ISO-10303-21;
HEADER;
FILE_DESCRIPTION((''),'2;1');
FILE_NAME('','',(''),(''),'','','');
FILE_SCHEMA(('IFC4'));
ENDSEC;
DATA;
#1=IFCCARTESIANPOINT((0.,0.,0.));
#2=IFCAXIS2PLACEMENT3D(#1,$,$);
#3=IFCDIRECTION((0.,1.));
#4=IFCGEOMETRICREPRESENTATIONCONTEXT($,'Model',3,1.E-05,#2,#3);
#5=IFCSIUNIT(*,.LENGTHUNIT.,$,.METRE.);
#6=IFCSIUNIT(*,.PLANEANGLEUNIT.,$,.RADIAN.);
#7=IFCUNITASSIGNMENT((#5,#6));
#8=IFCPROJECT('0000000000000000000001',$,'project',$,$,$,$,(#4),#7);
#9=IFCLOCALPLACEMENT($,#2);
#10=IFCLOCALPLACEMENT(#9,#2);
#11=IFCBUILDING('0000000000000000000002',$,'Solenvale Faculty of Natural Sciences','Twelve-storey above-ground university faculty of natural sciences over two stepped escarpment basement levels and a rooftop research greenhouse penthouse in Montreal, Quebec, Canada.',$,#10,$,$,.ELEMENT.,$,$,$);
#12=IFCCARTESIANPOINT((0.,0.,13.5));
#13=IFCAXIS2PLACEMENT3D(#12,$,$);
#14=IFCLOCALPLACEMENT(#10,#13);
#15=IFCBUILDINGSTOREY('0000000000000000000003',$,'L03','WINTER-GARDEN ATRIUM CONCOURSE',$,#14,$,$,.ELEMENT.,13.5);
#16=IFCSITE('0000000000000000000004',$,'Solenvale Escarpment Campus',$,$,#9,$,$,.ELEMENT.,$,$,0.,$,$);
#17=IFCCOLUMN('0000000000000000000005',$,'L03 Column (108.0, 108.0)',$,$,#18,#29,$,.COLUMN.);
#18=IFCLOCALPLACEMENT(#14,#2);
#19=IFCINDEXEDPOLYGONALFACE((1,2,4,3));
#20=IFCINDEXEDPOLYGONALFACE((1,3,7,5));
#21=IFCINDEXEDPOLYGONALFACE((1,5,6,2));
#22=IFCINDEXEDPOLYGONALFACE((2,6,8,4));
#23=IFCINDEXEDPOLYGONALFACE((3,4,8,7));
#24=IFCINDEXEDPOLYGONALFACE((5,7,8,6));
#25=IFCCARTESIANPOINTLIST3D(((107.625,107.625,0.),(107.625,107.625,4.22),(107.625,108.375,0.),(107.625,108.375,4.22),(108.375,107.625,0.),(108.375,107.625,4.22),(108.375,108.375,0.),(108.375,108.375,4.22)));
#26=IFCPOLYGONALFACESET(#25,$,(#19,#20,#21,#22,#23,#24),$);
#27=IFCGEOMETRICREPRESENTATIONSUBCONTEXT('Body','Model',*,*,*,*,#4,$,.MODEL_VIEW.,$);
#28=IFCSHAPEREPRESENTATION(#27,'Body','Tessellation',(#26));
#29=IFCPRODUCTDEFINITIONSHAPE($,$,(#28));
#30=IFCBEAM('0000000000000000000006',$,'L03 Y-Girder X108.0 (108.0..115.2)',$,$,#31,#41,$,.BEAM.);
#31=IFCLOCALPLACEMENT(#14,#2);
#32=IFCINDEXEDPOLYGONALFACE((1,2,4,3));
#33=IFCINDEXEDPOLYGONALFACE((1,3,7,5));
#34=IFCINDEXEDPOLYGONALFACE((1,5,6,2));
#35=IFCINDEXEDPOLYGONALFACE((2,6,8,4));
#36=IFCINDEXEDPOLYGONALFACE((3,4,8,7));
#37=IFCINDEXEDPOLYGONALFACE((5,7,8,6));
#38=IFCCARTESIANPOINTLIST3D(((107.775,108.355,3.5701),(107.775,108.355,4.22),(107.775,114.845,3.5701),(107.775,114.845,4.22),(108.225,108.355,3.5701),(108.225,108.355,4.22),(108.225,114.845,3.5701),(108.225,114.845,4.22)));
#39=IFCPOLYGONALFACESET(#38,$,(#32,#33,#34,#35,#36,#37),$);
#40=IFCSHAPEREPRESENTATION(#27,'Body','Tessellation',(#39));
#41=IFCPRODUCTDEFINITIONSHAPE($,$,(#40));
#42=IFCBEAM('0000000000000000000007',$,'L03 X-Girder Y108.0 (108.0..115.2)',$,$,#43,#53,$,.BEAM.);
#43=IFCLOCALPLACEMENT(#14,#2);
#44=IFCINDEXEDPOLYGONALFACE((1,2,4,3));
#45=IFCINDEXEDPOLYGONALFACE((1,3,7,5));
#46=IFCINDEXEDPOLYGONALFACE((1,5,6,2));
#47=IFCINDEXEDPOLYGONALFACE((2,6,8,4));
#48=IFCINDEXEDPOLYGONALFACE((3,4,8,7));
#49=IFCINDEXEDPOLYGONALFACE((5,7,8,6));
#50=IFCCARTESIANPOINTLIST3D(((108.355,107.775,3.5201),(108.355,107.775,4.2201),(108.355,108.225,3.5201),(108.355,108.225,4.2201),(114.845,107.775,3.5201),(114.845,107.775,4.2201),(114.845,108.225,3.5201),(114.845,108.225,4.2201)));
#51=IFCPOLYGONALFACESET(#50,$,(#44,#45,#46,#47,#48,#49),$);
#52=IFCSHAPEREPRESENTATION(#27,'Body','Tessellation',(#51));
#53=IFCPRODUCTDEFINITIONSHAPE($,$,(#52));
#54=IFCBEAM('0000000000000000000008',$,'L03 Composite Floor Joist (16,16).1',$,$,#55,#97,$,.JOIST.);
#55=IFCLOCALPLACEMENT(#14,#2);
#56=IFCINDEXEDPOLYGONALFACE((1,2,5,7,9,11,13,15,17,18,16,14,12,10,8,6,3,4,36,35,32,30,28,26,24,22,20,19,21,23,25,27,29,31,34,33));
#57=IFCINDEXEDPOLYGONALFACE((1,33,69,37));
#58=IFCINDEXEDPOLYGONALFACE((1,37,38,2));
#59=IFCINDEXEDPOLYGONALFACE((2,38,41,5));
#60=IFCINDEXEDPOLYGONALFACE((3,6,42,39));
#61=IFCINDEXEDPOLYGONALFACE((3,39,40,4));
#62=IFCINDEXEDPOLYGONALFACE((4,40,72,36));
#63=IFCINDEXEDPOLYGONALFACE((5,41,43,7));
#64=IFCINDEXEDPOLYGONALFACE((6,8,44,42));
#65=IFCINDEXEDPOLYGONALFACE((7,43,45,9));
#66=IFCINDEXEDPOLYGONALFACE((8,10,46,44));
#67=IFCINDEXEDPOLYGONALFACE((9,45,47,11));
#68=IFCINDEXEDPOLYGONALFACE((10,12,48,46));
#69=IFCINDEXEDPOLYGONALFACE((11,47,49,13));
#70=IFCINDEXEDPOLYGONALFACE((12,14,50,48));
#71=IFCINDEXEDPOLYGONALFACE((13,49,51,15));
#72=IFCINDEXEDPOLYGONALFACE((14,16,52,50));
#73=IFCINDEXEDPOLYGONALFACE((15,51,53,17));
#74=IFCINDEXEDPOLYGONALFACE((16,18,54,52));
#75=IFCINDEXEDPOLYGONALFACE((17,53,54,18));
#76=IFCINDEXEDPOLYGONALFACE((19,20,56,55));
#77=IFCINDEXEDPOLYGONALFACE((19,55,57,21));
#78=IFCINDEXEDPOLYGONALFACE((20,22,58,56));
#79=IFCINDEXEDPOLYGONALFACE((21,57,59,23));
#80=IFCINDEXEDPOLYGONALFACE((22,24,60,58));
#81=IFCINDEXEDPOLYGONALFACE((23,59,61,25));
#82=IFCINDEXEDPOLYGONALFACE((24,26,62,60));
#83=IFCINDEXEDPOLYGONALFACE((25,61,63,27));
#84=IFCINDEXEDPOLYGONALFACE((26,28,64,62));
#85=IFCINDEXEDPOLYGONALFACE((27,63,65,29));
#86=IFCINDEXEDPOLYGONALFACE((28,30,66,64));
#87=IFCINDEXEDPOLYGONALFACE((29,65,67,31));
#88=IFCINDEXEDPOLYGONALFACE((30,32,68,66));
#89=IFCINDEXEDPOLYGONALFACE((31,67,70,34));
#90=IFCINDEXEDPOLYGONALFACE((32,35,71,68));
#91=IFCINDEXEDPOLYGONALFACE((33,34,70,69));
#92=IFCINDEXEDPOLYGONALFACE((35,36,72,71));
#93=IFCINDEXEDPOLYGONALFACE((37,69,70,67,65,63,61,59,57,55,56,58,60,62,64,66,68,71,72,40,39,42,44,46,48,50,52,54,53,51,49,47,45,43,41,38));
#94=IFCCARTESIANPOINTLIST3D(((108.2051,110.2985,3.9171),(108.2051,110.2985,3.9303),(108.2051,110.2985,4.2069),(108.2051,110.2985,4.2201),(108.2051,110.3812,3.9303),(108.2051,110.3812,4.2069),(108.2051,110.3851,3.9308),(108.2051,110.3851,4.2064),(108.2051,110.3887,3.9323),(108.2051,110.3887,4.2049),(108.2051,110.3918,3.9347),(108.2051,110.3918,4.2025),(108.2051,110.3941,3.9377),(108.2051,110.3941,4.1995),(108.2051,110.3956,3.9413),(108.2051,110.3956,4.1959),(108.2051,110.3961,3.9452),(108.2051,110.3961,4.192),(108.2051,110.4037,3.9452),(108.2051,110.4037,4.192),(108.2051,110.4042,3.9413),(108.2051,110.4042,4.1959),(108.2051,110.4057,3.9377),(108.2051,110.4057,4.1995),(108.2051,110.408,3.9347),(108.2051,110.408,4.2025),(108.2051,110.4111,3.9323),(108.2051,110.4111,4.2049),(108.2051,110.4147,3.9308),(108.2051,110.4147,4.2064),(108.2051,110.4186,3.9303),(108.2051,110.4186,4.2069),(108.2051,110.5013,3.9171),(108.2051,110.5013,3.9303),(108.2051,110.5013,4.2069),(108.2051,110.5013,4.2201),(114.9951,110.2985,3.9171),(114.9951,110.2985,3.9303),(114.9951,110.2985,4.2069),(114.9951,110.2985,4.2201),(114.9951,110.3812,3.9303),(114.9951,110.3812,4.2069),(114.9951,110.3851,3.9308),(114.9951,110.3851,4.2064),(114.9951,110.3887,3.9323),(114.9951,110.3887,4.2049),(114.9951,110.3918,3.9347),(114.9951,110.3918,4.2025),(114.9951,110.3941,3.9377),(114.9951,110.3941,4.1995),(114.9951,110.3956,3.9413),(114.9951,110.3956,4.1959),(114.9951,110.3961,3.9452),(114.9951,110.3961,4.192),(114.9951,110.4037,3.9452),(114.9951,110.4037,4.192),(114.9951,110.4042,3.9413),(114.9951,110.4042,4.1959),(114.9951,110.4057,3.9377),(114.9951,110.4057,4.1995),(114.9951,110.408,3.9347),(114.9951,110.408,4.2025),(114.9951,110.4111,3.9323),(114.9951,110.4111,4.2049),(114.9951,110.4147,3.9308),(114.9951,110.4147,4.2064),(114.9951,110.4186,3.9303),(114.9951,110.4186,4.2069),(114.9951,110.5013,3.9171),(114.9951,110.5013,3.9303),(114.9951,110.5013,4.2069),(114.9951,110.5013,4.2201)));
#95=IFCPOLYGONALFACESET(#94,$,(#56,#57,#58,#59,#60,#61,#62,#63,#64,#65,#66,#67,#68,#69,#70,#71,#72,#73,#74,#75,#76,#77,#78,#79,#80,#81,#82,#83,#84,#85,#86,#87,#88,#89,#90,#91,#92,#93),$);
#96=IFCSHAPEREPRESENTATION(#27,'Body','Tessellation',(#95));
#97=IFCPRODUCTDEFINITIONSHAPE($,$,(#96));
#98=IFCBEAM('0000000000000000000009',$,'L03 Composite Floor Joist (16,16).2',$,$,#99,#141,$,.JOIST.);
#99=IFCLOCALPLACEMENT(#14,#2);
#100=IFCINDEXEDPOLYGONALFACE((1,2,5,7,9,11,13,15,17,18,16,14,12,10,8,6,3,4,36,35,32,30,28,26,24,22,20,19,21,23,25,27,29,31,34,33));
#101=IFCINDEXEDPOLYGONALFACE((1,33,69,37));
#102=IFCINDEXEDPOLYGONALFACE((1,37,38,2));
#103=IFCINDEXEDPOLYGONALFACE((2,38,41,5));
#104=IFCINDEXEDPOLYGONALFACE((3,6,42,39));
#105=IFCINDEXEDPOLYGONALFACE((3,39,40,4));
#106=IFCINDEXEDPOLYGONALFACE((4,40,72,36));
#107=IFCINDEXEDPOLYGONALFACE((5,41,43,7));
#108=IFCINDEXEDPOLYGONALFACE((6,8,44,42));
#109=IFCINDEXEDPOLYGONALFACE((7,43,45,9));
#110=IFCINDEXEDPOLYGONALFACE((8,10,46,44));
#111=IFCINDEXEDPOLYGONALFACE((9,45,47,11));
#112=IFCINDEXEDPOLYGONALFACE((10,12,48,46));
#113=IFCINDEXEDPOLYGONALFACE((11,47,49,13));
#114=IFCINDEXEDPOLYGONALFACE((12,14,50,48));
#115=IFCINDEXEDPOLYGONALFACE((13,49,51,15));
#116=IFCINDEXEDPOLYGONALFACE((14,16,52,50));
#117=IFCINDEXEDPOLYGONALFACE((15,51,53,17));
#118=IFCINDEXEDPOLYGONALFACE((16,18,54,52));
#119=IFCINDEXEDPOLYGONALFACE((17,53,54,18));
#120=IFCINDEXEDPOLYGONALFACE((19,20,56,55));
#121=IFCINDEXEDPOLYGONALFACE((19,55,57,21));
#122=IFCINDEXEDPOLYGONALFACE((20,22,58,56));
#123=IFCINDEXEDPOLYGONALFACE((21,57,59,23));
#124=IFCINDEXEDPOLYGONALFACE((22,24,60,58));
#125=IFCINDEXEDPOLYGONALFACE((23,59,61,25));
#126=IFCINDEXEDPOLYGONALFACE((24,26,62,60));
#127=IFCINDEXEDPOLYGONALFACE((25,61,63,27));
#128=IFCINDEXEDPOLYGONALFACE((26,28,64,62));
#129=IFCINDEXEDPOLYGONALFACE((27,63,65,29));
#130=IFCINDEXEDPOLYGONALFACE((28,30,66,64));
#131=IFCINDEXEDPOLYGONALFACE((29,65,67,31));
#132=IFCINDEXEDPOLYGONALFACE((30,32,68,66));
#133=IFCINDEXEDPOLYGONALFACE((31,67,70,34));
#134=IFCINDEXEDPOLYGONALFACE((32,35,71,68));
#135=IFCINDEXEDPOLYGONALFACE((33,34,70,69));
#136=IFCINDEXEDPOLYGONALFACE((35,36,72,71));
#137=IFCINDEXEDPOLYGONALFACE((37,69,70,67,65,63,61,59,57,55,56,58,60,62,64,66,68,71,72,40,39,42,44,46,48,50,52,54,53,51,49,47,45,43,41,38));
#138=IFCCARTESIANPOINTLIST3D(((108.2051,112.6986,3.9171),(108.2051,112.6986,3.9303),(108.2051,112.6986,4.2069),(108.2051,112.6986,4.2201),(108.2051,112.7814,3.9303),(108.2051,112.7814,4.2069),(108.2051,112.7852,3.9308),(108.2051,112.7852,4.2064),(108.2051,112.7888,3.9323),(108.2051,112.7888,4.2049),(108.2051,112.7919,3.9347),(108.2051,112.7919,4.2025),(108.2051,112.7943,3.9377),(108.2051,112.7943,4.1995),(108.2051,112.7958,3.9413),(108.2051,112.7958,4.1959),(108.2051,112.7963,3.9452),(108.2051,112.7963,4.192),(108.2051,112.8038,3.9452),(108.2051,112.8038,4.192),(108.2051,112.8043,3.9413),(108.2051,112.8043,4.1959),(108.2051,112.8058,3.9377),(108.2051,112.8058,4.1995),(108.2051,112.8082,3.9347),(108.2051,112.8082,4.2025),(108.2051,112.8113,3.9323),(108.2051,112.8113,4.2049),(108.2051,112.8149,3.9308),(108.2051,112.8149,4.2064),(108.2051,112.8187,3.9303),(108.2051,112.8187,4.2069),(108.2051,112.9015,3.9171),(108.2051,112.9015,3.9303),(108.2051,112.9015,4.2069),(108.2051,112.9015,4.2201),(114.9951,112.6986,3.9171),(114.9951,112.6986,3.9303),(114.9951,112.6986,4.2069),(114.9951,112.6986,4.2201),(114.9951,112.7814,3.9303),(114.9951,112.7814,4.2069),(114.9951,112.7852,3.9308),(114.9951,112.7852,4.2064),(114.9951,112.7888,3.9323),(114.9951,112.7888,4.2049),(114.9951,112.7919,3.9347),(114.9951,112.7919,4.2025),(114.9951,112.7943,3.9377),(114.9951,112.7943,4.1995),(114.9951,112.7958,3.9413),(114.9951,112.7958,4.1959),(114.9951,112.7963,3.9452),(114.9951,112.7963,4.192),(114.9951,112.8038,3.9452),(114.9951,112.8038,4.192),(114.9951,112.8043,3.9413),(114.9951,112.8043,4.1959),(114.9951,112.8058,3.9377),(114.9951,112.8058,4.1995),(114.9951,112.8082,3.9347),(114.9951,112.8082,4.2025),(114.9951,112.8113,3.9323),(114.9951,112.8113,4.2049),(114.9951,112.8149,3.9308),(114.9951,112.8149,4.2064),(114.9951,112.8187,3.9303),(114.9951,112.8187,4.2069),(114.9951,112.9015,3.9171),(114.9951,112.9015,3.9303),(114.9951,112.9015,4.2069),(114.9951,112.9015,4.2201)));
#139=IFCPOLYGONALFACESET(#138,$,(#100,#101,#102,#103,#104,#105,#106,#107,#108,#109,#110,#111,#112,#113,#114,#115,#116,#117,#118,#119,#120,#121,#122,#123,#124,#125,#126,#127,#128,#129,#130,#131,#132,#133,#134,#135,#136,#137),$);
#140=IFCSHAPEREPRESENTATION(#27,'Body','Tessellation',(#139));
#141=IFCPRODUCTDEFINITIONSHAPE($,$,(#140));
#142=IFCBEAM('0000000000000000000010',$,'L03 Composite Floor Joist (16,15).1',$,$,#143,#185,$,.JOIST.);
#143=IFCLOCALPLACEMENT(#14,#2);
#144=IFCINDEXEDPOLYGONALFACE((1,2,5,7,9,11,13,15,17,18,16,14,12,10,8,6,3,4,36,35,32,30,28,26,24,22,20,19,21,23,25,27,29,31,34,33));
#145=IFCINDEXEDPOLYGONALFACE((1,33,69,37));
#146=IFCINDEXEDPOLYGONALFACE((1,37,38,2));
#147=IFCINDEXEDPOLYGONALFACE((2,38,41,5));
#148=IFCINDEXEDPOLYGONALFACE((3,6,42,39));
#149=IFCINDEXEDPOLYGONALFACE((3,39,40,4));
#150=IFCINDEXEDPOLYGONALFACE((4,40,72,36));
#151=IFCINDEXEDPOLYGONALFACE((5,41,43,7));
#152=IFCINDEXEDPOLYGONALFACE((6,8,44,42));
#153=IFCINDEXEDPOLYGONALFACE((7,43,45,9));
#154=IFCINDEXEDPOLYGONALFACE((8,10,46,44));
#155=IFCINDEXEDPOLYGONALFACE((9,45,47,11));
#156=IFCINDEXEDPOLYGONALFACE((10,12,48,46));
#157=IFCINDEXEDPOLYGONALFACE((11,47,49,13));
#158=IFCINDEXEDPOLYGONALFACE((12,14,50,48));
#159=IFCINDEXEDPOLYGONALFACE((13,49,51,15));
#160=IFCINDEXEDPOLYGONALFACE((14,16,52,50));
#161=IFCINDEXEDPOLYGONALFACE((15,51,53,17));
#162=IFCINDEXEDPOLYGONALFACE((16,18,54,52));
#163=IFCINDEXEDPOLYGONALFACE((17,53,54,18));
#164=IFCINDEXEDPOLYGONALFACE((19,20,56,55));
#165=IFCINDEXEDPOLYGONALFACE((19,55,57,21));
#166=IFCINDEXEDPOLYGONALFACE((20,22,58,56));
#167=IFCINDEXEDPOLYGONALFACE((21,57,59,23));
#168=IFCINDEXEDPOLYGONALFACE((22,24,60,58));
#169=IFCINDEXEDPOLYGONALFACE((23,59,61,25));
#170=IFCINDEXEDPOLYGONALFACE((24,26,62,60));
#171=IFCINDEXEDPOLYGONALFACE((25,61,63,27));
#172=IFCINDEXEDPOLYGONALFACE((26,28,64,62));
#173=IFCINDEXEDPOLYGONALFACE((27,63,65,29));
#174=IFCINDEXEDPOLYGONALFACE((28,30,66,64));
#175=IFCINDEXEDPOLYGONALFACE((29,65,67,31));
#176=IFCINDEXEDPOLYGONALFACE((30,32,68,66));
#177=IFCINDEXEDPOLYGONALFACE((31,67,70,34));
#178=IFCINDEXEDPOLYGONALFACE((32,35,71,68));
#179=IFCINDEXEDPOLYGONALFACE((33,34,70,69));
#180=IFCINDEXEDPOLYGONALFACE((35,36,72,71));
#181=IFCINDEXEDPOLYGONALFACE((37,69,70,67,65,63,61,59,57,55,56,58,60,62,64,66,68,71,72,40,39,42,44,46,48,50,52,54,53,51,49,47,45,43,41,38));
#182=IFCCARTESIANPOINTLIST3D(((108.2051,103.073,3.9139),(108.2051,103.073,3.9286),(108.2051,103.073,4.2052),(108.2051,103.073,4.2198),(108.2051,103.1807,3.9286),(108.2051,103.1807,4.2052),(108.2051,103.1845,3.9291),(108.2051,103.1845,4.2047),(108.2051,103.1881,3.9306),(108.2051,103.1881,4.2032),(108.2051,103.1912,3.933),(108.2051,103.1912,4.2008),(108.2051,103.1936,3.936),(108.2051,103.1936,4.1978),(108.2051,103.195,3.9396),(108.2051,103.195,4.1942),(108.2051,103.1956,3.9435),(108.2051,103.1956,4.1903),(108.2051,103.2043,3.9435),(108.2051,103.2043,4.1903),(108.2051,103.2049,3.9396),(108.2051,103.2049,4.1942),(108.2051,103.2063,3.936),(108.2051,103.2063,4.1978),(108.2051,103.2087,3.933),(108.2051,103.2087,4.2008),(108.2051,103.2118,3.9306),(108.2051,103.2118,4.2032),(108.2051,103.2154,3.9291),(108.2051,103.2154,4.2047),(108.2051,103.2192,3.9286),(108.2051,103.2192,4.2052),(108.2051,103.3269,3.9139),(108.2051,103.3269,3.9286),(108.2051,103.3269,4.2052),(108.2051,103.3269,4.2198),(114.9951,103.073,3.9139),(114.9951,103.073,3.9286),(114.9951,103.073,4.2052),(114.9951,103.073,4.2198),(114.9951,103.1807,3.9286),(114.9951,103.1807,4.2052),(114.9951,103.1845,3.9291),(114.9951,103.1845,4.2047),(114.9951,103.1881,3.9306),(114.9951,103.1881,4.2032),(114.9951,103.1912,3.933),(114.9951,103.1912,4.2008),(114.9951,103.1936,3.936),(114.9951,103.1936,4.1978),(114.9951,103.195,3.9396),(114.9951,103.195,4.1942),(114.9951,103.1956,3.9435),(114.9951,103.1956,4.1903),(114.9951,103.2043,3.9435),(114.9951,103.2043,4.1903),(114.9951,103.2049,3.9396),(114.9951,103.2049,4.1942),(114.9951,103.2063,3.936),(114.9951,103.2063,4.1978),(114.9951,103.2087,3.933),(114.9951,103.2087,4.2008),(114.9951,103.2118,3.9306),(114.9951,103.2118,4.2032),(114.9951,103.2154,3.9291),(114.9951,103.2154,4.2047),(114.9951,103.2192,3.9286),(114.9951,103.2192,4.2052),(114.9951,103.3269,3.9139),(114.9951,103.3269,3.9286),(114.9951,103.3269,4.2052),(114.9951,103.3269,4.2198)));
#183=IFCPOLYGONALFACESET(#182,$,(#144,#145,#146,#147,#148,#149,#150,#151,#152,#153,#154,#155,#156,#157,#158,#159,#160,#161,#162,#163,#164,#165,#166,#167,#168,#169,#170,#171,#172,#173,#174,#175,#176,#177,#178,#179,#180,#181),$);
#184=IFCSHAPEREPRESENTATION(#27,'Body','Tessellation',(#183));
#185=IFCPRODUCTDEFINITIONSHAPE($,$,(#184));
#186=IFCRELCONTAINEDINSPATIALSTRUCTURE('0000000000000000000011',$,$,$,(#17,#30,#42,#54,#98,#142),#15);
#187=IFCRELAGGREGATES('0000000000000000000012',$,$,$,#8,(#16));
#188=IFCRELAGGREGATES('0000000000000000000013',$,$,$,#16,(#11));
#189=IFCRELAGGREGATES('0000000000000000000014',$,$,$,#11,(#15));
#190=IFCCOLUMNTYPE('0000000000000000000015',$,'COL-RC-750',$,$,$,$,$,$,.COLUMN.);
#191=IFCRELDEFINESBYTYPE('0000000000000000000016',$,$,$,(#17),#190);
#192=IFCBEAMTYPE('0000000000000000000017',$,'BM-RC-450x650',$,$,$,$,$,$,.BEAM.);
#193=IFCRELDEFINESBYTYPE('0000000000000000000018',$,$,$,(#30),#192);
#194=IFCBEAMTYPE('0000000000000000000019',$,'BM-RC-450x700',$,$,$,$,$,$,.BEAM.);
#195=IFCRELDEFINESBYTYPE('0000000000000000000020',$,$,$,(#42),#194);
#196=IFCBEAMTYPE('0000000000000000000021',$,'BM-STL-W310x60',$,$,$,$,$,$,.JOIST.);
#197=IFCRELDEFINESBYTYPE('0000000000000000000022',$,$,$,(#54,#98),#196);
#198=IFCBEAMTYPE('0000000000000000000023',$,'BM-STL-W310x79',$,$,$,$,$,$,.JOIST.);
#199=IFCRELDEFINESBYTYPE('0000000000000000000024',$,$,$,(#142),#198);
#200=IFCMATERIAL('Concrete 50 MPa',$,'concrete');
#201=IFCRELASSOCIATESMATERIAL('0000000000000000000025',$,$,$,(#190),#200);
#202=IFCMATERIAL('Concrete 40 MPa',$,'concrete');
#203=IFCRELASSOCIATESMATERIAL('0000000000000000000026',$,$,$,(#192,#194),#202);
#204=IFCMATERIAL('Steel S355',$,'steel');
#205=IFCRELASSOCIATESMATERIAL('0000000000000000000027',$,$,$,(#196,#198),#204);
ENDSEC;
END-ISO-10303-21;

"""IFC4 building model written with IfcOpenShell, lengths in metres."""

from ifc_helpers import new_model, si_unit, direction, frame, origin, origin_2d, place, context, subcontext, project, spatial, rectangle, i_section, extrude, material, material_profile, profile_set, type_object, element, save


model = new_model("IFC4")

# Units and contexts
model_context = context("Model", 3, precision=1e-05, world=origin(), true_north=direction((0.0, 1.0)))
body_context = subcontext(model_context, "Body", "Model", "MODEL_VIEW")
ifc_project = project(units=[si_unit("LENGTHUNIT", "METRE"), si_unit("PLANEANGLEUNIT", "RADIAN")], contexts=[model_context])

# Site, building, storey
site_placement = place(None, origin())
site = spatial("IfcSite", under=ifc_project, at=site_placement, Name="Solenvale Escarpment Campus", CompositionType="ELEMENT", RefElevation=0.0)
building_placement = place(site_placement, origin())
building = spatial("IfcBuilding", under=site, at=building_placement, Name="Solenvale Faculty of Natural Sciences", Description="Twelve-storey above-ground university faculty of natural sciences over two stepped escarpment basement levels and a rooftop research greenhouse penthouse in Montreal, Quebec, Canada.", CompositionType="ELEMENT")
storey_placement = place(building_placement, frame((0.0, 0.0, 13.5)))
storey = spatial("IfcBuildingStorey", under=building, at=storey_placement, Name="L03", Description="WINTER-GARDEN ATRIUM CONCOURSE", CompositionType="ELEMENT", Elevation=13.5)

# Column
ifc_material_1 = material(Name="Concrete 50 MPa", Category="concrete")
ifc_material_profile_1 = material_profile(ifc_material_1, rectangle(XDim=0.75, YDim=0.75, at=origin_2d()), Name="RC-COL-750x750")
ifc_profile_set_1 = profile_set([ifc_material_profile_1], Name="Concrete 50 MPa")
column_type = type_object("IfcColumnType", Name="COL-RC-750", PredefinedType="COLUMN", material=ifc_profile_set_1)
column_placement = place(storey_placement, frame((108.0, 108.0, 0.0), z_axis=(0.0, 0.0, 1.0), x_axis=(1.0, 0.0, 0.0)))
element("IfcColumn", 1, at=column_placement, inside=storey, type_object=column_type, Name="L03 Column (108.0, 108.0)", PredefinedType="COLUMN", context=body_context, shape_type="SweptSolid", body=[
    extrude(rectangle(XDim=0.75, YDim=0.75, at=origin_2d()), origin(), (0.0, 0.0, 1.0), 4.22),
])

# Beams
ifc_material_2 = material(Name="Concrete 40 MPa", Category="concrete")
ifc_material_profile_2 = material_profile(ifc_material_2, rectangle(XDim=0.45, YDim=0.6499, at=origin_2d()), Name="RC-BM-450x650")
ifc_profile_set_2 = profile_set([ifc_material_profile_2], Name="Concrete 40 MPa")
beam_type_1 = type_object("IfcBeamType", Name="BM-RC-450x650", PredefinedType="BEAM", material=ifc_profile_set_2)
beam_1_placement = place(storey_placement, frame((108.0, 108.355, 3.895), z_axis=(0.0, 1.0, 0.0), x_axis=(-1.0, 0.0, 0.0)))
element("IfcBeam", 2, at=beam_1_placement, inside=storey, type_object=beam_type_1, Name="L03 Y-Girder X108.0 (108.0..115.2)", PredefinedType="BEAM", context=body_context, shape_type="SweptSolid", body=[
    extrude(rectangle(XDim=0.45, YDim=0.6499, at=origin_2d()), origin(), (0.0, 0.0, 1.0), 6.49),
])
ifc_material_profile_3 = material_profile(ifc_material_2, rectangle(XDim=0.45, YDim=0.7, at=origin_2d()), Name="RC-BM-450x700")
ifc_profile_set_3 = profile_set([ifc_material_profile_3], Name="Concrete 40 MPa")
beam_type_2 = type_object("IfcBeamType", Name="BM-RC-450x700", PredefinedType="BEAM", material=ifc_profile_set_3)
beam_2_placement = place(storey_placement, frame((108.355, 108.0, 3.8701), z_axis=(1.0, 0.0, 0.0), x_axis=(0.0, 1.0, 0.0)))
element("IfcBeam", 3, at=beam_2_placement, inside=storey, type_object=beam_type_2, Name="L03 X-Girder Y108.0 (108.0..115.2)", PredefinedType="BEAM", context=body_context, shape_type="SweptSolid", body=[
    extrude(rectangle(XDim=0.45, YDim=0.7, at=origin_2d()), origin(), (0.0, 0.0, 1.0), 6.49),
])
ifc_material_3 = material(Name="Steel S355", Category="steel")
ifc_material_profile_4 = material_profile(ifc_material_3, i_section(OverallWidth=0.2029, OverallDepth=0.303, WebThickness=0.0076, FlangeThickness=0.0132, FilletRadius=0.0149, at=origin_2d()), Name="W310x60")
ifc_profile_set_4 = profile_set([ifc_material_profile_4], Name="Steel S355")
beam_type_3 = type_object("IfcBeamType", Name="BM-STL-W310x60", PredefinedType="JOIST", material=ifc_profile_set_4)
for number, where, z_axis, x_axis, name in (
    (4, (108.2051, 110.3999, 4.0686), (1.0, 0.0, 0.0), (0.0, 1.0, 0.0), "L03 Composite Floor Joist (16,16).1"),
    (5, (108.2051, 112.8, 4.0686), (1.0, 0.0, 0.0), (0.0, 1.0, 0.0), "L03 Composite Floor Joist (16,16).2"),
):
    element("IfcBeam", number, at=place(storey_placement, frame(where, z_axis=z_axis, x_axis=x_axis)), inside=storey, type_object=beam_type_3, Name=name, PredefinedType="JOIST", context=body_context, shape_type="SweptSolid", body=[
        extrude(i_section(OverallWidth=0.2029, OverallDepth=0.303, WebThickness=0.0076, FlangeThickness=0.0132, FilletRadius=0.0149, at=origin_2d()), origin(), (0.0, 0.0, 1.0), 6.79),
    ])
ifc_material_profile_5 = material_profile(ifc_material_3, i_section(OverallWidth=0.2539, OverallDepth=0.3059, WebThickness=0.0088, FlangeThickness=0.0146, FilletRadius=0.0149, at=origin_2d()), Name="W310x79")
ifc_profile_set_5 = profile_set([ifc_material_profile_5], Name="Steel S355")
beam_type_4 = type_object("IfcBeamType", Name="BM-STL-W310x79", PredefinedType="JOIST", material=ifc_profile_set_5)
for number, where, z_axis, x_axis, name in (
    (6, (108.2051, 103.2, 4.0669), (1.0, 0.0, 0.0), (0.0, 1.0, 0.0), "L03 Composite Floor Joist (16,15).1"),
):
    element("IfcBeam", number, at=place(storey_placement, frame(where, z_axis=z_axis, x_axis=x_axis)), inside=storey, type_object=beam_type_4, Name=name, PredefinedType="JOIST", context=body_context, shape_type="SweptSolid", body=[
        extrude(i_section(OverallWidth=0.2539, OverallDepth=0.3059, WebThickness=0.0088, FlangeThickness=0.0146, FilletRadius=0.0149, at=origin_2d()), origin(), (0.0, 0.0, 1.0), 6.79),
    ])

save(model, "model.ifc")
